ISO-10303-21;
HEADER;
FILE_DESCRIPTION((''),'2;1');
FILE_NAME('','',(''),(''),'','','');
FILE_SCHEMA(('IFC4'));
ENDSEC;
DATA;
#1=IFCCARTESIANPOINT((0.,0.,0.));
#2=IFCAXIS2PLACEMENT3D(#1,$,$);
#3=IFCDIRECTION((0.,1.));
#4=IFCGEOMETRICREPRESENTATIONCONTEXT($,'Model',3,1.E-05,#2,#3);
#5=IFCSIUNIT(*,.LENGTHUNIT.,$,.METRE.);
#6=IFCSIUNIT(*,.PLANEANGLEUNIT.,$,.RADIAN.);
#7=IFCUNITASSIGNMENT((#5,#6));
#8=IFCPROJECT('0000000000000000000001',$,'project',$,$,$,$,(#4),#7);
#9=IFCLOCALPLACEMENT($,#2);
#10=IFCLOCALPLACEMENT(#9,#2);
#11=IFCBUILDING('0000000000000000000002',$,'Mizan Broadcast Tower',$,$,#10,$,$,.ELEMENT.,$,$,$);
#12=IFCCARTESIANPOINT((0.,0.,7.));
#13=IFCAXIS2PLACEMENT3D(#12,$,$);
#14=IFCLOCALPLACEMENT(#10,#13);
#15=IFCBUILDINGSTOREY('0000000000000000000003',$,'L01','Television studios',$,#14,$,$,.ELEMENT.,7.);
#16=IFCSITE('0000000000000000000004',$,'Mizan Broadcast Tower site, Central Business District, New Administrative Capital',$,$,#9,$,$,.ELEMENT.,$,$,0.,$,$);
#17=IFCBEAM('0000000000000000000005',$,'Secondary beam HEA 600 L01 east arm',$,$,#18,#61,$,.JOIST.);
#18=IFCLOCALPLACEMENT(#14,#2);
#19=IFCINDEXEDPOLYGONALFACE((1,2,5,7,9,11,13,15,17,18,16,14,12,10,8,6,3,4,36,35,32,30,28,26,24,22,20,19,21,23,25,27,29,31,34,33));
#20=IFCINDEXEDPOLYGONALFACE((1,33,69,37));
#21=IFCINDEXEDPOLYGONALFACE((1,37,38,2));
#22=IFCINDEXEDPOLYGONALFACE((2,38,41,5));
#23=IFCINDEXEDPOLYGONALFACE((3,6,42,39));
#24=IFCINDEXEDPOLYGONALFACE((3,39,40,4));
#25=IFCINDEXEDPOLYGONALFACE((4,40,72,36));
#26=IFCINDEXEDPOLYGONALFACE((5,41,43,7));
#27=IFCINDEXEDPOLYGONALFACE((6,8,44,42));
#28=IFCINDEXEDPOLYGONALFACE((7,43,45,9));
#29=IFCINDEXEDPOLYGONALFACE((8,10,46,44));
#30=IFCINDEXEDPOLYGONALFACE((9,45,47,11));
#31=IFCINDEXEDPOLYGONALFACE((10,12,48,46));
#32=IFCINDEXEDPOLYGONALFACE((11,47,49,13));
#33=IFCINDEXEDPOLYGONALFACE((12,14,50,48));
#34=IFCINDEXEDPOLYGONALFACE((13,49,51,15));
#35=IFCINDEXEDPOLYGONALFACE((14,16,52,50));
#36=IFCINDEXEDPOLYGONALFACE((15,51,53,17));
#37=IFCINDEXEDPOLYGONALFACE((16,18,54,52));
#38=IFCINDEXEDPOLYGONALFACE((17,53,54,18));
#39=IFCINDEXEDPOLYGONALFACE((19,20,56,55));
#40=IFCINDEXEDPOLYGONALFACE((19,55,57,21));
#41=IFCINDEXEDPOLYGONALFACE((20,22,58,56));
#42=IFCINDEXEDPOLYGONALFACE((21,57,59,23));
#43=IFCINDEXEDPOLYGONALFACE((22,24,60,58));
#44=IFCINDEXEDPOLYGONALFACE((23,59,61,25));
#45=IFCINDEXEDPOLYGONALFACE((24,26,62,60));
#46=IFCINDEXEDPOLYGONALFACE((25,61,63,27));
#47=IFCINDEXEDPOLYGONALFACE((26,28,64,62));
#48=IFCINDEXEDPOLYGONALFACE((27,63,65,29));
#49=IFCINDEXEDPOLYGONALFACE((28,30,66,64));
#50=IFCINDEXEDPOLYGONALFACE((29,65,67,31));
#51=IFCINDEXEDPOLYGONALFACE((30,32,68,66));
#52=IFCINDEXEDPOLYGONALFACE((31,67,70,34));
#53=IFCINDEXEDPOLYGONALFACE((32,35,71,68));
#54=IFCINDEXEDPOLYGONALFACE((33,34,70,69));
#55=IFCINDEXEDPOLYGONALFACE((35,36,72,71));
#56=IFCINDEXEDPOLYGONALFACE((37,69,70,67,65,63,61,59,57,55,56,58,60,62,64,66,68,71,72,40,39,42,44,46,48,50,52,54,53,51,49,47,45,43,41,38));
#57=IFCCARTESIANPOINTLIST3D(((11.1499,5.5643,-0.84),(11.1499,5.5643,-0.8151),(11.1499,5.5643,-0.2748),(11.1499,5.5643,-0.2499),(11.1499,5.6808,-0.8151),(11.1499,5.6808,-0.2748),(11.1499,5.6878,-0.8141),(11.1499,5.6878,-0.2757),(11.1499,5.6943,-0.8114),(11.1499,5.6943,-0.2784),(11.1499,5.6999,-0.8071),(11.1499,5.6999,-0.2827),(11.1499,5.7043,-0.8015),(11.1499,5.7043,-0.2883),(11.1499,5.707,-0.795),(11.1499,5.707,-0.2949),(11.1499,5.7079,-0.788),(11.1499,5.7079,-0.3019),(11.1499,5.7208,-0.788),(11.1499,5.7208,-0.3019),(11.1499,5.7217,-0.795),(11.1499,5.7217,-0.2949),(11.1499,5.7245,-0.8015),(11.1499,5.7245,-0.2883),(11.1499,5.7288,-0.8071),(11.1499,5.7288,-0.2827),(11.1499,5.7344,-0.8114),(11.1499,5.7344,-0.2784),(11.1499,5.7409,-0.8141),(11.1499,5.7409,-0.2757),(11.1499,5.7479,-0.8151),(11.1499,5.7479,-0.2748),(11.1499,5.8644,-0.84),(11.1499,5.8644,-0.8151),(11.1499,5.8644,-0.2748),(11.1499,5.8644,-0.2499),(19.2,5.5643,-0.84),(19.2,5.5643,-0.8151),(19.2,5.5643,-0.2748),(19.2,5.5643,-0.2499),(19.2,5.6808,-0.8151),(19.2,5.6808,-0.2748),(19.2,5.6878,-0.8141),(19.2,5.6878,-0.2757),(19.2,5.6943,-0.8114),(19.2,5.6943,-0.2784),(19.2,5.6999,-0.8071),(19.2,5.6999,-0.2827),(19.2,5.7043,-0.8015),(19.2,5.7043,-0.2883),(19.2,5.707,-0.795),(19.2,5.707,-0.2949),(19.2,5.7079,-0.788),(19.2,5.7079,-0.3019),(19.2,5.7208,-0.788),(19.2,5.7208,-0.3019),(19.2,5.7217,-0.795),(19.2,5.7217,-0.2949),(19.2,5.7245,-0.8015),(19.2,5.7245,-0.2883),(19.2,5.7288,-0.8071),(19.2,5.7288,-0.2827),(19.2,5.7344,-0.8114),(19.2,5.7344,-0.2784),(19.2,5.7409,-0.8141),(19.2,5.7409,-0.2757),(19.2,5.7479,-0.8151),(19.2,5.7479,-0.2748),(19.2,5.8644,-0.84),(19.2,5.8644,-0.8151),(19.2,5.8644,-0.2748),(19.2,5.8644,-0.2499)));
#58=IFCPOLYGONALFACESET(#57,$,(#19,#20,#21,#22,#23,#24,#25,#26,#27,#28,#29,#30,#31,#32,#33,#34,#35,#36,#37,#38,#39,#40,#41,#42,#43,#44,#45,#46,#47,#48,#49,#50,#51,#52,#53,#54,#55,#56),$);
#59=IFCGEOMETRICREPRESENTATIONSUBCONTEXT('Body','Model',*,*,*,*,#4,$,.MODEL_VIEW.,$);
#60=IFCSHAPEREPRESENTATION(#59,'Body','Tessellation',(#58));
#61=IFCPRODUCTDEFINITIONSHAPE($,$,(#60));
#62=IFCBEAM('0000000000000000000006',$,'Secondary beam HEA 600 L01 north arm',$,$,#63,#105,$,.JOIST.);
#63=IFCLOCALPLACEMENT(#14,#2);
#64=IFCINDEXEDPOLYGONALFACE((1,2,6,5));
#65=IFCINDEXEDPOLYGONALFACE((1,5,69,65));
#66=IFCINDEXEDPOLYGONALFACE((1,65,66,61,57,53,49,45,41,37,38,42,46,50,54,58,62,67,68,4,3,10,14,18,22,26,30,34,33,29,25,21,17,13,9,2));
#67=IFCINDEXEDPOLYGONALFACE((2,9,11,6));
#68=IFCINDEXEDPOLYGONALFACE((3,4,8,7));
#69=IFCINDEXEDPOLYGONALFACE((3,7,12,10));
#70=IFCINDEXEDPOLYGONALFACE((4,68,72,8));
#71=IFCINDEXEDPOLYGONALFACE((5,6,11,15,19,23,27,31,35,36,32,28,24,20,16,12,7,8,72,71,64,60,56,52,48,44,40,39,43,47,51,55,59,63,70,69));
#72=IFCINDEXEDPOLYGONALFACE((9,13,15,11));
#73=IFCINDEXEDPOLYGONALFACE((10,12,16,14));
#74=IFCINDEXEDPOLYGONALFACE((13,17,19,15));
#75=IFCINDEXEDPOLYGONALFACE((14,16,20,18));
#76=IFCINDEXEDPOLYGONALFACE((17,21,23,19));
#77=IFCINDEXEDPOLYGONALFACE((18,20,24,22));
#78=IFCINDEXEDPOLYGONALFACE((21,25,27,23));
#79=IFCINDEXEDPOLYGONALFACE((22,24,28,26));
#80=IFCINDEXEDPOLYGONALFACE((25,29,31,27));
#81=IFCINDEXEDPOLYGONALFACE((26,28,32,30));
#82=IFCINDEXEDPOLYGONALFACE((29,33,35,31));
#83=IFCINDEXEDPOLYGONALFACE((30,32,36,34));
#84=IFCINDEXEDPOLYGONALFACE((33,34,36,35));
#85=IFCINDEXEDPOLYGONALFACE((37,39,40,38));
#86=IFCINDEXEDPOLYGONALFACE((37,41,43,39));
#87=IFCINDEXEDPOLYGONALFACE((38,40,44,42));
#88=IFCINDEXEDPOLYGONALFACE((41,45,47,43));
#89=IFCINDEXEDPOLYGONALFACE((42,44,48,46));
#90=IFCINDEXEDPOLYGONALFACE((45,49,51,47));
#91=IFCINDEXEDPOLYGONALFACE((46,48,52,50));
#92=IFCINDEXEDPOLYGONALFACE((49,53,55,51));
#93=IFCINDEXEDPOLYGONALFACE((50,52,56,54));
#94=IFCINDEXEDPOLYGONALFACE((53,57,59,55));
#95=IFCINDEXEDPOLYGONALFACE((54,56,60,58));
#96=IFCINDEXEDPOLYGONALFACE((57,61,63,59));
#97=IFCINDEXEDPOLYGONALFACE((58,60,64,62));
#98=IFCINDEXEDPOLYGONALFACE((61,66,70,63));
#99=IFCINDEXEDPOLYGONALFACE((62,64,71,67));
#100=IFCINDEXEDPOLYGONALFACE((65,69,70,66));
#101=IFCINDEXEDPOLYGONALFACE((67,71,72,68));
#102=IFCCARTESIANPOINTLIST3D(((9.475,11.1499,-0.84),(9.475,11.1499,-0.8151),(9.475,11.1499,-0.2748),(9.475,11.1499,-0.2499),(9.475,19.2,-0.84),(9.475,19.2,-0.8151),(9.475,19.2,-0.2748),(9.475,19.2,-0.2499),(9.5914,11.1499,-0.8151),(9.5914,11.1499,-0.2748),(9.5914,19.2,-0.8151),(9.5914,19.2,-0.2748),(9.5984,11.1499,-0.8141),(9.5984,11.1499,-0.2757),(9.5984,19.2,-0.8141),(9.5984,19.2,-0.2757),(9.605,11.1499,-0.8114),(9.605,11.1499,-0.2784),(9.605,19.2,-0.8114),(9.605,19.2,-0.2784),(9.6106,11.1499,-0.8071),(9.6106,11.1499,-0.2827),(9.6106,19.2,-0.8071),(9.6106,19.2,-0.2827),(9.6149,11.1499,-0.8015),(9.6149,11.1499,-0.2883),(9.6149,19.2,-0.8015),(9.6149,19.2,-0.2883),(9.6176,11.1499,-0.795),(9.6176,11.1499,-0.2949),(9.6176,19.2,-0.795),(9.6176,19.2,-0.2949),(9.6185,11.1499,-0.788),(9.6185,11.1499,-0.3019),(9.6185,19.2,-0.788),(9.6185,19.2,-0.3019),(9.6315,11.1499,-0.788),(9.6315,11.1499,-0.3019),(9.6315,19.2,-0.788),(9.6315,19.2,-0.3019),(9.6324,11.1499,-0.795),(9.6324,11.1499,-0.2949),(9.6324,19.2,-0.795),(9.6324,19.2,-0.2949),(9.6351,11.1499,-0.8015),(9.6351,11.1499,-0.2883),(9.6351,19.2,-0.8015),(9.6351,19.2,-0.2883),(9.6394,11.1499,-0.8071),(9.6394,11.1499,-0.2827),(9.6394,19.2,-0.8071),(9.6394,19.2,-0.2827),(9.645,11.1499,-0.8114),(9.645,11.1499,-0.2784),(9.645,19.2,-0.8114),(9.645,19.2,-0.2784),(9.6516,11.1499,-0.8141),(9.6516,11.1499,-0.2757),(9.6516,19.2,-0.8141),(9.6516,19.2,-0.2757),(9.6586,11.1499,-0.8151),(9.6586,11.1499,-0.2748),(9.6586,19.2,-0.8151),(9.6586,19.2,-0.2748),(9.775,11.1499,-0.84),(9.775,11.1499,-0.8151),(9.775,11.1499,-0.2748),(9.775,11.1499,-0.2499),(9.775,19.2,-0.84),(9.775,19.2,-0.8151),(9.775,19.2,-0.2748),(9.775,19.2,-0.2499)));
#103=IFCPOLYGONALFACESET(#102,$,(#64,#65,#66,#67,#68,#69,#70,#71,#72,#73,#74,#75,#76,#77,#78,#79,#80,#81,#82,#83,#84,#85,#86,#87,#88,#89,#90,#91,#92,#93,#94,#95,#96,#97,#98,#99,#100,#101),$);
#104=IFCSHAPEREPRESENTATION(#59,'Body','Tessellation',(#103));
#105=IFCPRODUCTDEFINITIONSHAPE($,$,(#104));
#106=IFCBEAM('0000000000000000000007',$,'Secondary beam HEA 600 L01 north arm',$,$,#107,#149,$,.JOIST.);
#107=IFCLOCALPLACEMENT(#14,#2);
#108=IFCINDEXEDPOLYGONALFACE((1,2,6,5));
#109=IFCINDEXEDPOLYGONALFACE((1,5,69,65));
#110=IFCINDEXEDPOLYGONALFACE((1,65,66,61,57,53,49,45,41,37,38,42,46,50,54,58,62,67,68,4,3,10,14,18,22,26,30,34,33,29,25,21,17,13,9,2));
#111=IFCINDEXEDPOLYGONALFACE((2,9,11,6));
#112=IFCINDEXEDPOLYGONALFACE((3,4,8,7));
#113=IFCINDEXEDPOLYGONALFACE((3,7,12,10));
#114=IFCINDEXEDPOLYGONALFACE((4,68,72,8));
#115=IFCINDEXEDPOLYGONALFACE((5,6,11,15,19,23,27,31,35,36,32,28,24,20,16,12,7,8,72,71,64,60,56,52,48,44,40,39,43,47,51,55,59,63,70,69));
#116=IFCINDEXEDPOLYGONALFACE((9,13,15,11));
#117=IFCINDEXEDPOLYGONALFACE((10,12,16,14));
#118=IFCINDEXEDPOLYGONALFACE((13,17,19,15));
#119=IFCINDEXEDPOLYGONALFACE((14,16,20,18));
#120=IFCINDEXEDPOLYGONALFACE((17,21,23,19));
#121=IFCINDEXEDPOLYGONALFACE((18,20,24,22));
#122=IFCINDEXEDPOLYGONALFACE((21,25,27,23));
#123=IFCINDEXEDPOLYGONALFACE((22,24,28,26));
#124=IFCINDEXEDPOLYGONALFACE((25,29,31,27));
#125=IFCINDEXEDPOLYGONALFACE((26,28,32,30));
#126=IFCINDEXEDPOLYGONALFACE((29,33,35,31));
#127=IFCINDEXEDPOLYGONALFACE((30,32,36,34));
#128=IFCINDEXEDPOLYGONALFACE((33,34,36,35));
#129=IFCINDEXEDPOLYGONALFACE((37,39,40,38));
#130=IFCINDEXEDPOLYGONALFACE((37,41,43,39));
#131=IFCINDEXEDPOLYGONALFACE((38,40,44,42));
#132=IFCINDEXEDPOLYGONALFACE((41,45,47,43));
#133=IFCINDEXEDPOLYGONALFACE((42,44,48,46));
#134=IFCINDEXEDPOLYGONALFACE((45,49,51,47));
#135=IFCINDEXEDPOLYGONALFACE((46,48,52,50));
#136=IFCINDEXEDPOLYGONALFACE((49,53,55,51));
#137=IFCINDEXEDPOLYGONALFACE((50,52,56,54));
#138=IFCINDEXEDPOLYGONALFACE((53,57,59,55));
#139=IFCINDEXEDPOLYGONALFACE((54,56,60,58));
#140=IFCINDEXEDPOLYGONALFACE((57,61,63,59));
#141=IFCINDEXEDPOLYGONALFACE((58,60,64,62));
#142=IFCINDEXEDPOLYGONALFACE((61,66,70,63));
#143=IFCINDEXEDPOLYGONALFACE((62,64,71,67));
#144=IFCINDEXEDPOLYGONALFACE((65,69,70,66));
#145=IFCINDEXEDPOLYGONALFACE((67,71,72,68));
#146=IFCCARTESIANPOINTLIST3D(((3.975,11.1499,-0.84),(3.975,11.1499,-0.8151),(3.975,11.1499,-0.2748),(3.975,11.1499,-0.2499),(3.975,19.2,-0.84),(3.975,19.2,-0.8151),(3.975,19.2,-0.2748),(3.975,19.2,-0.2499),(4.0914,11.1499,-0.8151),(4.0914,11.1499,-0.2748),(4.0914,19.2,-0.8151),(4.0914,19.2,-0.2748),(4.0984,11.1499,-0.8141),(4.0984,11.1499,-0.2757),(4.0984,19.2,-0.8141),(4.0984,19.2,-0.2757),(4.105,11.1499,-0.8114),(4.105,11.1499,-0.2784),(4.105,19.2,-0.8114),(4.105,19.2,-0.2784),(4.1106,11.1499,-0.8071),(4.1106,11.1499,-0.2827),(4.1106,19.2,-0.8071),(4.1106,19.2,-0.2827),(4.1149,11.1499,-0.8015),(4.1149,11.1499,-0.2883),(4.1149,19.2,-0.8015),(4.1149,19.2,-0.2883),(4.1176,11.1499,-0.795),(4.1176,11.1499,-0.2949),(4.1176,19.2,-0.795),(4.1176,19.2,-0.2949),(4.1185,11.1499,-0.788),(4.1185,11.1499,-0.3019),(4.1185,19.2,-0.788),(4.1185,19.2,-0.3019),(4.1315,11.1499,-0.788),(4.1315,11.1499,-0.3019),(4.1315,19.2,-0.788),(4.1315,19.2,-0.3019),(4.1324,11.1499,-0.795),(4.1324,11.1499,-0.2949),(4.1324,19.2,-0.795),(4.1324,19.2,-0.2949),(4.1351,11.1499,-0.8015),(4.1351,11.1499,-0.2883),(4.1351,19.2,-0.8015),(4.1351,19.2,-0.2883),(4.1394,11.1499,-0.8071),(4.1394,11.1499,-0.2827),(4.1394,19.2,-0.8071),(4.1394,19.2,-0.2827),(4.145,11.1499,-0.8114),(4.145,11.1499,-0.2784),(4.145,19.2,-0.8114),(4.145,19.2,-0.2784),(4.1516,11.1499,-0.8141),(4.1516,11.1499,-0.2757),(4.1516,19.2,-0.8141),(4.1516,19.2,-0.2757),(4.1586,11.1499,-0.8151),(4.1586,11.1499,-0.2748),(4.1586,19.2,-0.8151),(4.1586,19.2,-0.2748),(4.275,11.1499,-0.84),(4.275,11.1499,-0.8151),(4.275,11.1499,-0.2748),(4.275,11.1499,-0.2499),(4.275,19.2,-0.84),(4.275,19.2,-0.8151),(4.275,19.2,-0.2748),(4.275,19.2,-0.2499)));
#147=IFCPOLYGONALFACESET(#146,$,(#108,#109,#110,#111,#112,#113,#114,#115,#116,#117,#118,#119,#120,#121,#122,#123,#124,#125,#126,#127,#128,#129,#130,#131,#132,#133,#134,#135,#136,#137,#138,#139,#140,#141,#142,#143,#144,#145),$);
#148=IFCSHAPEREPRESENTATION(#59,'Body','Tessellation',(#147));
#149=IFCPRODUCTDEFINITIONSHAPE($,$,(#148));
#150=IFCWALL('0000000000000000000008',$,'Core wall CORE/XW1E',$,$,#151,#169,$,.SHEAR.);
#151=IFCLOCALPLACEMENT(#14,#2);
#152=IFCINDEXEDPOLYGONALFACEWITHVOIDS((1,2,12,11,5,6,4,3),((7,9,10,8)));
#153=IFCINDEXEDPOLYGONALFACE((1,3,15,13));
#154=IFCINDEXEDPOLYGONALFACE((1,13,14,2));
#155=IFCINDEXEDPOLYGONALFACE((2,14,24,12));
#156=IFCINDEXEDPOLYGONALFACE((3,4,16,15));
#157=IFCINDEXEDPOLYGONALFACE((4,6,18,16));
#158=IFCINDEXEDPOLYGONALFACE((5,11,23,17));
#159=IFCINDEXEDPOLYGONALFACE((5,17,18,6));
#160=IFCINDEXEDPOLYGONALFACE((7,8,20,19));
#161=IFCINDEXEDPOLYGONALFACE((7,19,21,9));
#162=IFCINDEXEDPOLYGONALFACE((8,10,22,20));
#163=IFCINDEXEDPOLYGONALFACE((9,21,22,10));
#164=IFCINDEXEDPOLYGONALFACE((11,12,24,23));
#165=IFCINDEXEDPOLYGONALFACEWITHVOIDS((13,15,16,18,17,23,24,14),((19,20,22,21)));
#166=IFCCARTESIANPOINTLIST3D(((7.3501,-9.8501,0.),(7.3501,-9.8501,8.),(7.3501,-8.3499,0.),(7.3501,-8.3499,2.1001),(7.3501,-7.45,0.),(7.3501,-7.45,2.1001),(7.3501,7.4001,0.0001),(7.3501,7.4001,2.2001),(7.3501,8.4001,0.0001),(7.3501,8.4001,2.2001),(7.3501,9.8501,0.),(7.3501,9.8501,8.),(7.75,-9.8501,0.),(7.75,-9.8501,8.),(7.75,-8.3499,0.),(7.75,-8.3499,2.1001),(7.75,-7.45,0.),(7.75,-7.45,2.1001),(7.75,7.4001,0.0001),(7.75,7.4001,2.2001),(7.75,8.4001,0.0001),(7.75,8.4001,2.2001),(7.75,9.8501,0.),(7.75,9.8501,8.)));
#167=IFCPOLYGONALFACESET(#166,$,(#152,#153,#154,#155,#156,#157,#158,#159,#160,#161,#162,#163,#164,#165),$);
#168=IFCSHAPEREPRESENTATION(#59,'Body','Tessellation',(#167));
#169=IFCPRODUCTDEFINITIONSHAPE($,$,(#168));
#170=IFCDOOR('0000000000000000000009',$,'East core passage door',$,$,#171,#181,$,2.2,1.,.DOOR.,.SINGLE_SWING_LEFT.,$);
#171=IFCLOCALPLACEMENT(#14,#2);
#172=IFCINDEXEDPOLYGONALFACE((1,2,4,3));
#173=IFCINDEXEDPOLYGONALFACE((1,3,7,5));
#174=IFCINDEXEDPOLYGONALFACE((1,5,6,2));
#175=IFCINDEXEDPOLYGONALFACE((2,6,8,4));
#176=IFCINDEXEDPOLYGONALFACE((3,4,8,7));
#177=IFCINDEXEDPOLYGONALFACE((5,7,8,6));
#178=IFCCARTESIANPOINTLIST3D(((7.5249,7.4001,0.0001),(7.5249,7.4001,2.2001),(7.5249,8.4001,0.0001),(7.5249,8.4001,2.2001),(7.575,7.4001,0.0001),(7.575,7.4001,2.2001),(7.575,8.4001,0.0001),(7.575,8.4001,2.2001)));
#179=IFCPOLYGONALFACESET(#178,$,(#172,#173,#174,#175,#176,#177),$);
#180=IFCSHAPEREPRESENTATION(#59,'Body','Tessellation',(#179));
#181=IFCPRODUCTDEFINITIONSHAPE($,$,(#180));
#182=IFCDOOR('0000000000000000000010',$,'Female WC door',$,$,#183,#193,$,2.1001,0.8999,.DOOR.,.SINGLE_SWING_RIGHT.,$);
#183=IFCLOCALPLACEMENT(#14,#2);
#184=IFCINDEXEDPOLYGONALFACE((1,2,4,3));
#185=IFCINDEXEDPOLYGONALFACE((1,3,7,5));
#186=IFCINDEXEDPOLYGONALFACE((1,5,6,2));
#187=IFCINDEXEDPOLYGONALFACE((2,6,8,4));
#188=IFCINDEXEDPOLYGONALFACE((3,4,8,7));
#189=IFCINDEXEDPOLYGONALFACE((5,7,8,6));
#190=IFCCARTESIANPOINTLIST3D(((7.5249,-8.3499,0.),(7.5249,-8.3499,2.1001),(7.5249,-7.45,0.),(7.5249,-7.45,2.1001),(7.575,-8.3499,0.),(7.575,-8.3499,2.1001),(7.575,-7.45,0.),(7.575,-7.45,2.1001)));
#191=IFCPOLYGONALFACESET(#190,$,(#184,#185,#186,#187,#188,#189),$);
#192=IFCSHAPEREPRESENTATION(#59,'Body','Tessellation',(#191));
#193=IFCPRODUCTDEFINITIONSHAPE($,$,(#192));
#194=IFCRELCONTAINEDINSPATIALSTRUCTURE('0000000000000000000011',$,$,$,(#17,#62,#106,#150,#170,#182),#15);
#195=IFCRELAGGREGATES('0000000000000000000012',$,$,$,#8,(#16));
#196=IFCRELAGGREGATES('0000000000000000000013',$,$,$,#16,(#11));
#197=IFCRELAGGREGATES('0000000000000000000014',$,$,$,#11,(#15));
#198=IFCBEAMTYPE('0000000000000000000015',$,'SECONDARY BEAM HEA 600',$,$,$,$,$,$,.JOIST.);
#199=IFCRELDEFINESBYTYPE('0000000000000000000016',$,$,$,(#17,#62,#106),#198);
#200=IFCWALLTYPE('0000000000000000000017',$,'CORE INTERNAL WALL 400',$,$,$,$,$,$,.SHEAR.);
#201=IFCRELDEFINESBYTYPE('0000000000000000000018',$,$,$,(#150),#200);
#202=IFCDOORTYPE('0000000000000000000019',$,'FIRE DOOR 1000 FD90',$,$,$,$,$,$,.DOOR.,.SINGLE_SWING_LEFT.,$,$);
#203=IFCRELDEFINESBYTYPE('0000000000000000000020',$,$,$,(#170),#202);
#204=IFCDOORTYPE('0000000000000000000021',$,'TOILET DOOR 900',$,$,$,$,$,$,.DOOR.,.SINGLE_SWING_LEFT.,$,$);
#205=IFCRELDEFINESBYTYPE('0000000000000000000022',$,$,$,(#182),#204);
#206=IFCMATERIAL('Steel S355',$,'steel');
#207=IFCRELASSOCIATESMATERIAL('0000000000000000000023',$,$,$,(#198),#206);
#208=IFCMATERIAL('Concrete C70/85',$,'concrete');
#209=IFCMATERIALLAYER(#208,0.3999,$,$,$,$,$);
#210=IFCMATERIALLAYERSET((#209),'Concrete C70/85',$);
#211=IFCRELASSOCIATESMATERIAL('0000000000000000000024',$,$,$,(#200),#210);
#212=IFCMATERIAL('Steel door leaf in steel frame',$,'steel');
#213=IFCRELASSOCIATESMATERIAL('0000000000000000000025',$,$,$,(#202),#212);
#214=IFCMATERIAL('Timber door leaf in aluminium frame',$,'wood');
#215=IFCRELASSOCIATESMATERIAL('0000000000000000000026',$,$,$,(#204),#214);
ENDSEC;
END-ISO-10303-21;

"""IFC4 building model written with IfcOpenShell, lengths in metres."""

from ifc_helpers import new_model, si_unit, direction, frame, frame_2d, origin, origin_2d, place, context, subcontext, project, spatial, rectangle, i_section, extrude, material, layer, layer_set, material_profile, profile_set, type_object, element, fill, save


model = new_model("IFC4")

# Units and contexts
model_context = context("Model", 3, precision=1e-05, world=origin(), true_north=direction((0.0, 1.0)))
body_context = subcontext(model_context, "Body", "Model", "MODEL_VIEW")
ifc_project = project(units=[si_unit("LENGTHUNIT", "METRE"), si_unit("PLANEANGLEUNIT", "RADIAN")], contexts=[model_context])

# Site, building, storey
site_placement = place(None, origin())
site = spatial("IfcSite", under=ifc_project, at=site_placement, Name="Mizan Broadcast Tower site, Central Business District, New Administrative Capital", CompositionType="ELEMENT", RefElevation=0.0)
building_placement = place(site_placement, origin())
building = spatial("IfcBuilding", under=site, at=building_placement, Name="Mizan Broadcast Tower", CompositionType="ELEMENT")
storey_placement = place(building_placement, frame((0.0, 0.0, 7.0)))
storey = spatial("IfcBuildingStorey", under=building, at=storey_placement, Name="L01", Description="Television studios", CompositionType="ELEMENT", Elevation=7.0)

# Beams
ifc_material_1 = material(Name="Steel S355", Category="steel")
ifc_material_profile_1 = material_profile(ifc_material_1, i_section(OverallWidth=0.3, OverallDepth=0.5901, WebThickness=0.0129, FlangeThickness=0.0249, FilletRadius=0.0271, at=origin_2d()), Name="HEA 600")
ifc_profile_set_1 = profile_set([ifc_material_profile_1], Name="Steel S355")
beam_type_1 = type_object("IfcBeamType", Name="SECONDARY BEAM HEA 600", PredefinedType="JOIST", material=ifc_profile_set_1)
for number, where, z_axis, x_axis, name in (
    (1, (11.1499, 5.7144, -0.5449), (1.0, 0.0, 0.0), (0.0, 1.0, 0.0), "Secondary beam HEA 600 L01 east arm"),
    (2, (9.625, 11.1499, -0.5449), (0.0, 1.0, 0.0), (-1.0, 0.0, 0.0), "Secondary beam HEA 600 L01 north arm"),
    (3, (4.125, 11.1499, -0.5449), (0.0, 1.0, 0.0), (-1.0, 0.0, 0.0), "Secondary beam HEA 600 L01 north arm"),
):
    element("IfcBeam", number, at=place(storey_placement, frame(where, z_axis=z_axis, x_axis=x_axis)), inside=storey, type_object=beam_type_1, Name=name, PredefinedType="JOIST", context=body_context, shape_type="SweptSolid", body=[
        extrude(i_section(OverallWidth=0.3, OverallDepth=0.5901, WebThickness=0.0129, FlangeThickness=0.0249, FilletRadius=0.0271, at=origin_2d()), origin(), (0.0, 0.0, 1.0), 8.05),
    ])

# Wall, openings, doors
ifc_material_2 = material(Name="Concrete C70/85", Category="concrete")
ifc_layer_1 = layer(ifc_material_2, 0.3999)
ifc_layer_set_1 = layer_set([ifc_layer_1], Name="Concrete C70/85")
wall_type_1 = type_object("IfcWallType", Name="CORE INTERNAL WALL 400", PredefinedType="SHEAR", material=ifc_layer_set_1)
wall_1_placement = place(storey_placement, frame((7.55, 9.8501, 0.0), z_axis=(0.0, 0.0, 1.0), x_axis=(0.0, -1.0, 0.0)))
wall_1 = element("IfcWall", 4, at=wall_1_placement, inside=storey, type_object=wall_type_1, Name="Core wall CORE/XW1E", PredefinedType="SHEAR", context=body_context, shape_type="SweptSolid", body=[
    extrude(rectangle(XDim=19.7002, YDim=0.3999, at=frame_2d((9.8501, 0.0))), origin(), (0.0, 0.0, 1.0), 8.0),
])
opening_1_placement = place(wall_1_placement, frame((1.45, 0.0, 0.0)))
opening_1 = element("IfcOpeningElement", 5, at=opening_1_placement, cuts=wall_1, PredefinedType="OPENING", context=body_context, shape_type="SweptSolid", body=[
    extrude(rectangle(XDim=1.0, YDim=2.2, at=frame_2d((0.5, 1.1001))), frame((0.0, 0.21, 0.0), z_axis=(0.0, -1.0, 0.0), x_axis=(1.0, 0.0, 0.0)), (0.0, 0.0, 1.0), 0.4199),
])
opening_2_placement = place(wall_1_placement, frame((17.3, 0.0, 0.0)))
opening_2 = element("IfcOpeningElement", 6, at=opening_2_placement, cuts=wall_1, PredefinedType="OPENING", context=body_context, shape_type="SweptSolid", body=[
    extrude(rectangle(XDim=0.8999, YDim=2.1001, at=frame_2d((0.45, 1.05))), frame((0.0, 0.21, 0.0), z_axis=(0.0, -1.0, 0.0), x_axis=(1.0, 0.0, 0.0)), (0.0, 0.0, 1.0), 0.4199),
])
ifc_material_3 = material(Name="Steel door leaf in steel frame", Category="steel")
door_type_1 = type_object("IfcDoorType", Name="FIRE DOOR 1000 FD90", OperationType="SINGLE_SWING_LEFT", PredefinedType="DOOR", material=ifc_material_3)
door_1_placement = place(opening_1_placement, origin())
door_1 = element("IfcDoor", 7, at=door_1_placement, inside=storey, type_object=door_type_1, Name="East core passage door", OperationType="SINGLE_SWING_LEFT", OverallHeight=2.2, OverallWidth=1.0, PredefinedType="DOOR", context=body_context, shape_type="SweptSolid", body=[
    extrude(rectangle(XDim=1.0, YDim=2.2, at=frame_2d((0.5, 1.1001))), frame((0.0, 0.0249, 0.0), z_axis=(0.0, -1.0, 0.0), x_axis=(1.0, 0.0, 0.0)), (0.0, 0.0, 1.0), 0.05),
])
fill(opening_1, door_1)
ifc_material_4 = material(Name="Timber door leaf in aluminium frame", Category="wood")
door_type_2 = type_object("IfcDoorType", Name="TOILET DOOR 900", OperationType="SINGLE_SWING_LEFT", PredefinedType="DOOR", material=ifc_material_4)
door_2_placement = place(opening_2_placement, origin())
door_2 = element("IfcDoor", 8, at=door_2_placement, inside=storey, type_object=door_type_2, Name="Female WC door", OperationType="SINGLE_SWING_RIGHT", OverallHeight=2.1001, OverallWidth=0.8999, PredefinedType="DOOR", context=body_context, shape_type="SweptSolid", body=[
    extrude(rectangle(XDim=0.8999, YDim=2.1001, at=frame_2d((0.45, 1.05))), frame((0.0, 0.0249, 0.0), z_axis=(0.0, -1.0, 0.0), x_axis=(1.0, 0.0, 0.0)), (0.0, 0.0, 1.0), 0.05),
])
fill(opening_2, door_2)

save(model, "model.ifc")
